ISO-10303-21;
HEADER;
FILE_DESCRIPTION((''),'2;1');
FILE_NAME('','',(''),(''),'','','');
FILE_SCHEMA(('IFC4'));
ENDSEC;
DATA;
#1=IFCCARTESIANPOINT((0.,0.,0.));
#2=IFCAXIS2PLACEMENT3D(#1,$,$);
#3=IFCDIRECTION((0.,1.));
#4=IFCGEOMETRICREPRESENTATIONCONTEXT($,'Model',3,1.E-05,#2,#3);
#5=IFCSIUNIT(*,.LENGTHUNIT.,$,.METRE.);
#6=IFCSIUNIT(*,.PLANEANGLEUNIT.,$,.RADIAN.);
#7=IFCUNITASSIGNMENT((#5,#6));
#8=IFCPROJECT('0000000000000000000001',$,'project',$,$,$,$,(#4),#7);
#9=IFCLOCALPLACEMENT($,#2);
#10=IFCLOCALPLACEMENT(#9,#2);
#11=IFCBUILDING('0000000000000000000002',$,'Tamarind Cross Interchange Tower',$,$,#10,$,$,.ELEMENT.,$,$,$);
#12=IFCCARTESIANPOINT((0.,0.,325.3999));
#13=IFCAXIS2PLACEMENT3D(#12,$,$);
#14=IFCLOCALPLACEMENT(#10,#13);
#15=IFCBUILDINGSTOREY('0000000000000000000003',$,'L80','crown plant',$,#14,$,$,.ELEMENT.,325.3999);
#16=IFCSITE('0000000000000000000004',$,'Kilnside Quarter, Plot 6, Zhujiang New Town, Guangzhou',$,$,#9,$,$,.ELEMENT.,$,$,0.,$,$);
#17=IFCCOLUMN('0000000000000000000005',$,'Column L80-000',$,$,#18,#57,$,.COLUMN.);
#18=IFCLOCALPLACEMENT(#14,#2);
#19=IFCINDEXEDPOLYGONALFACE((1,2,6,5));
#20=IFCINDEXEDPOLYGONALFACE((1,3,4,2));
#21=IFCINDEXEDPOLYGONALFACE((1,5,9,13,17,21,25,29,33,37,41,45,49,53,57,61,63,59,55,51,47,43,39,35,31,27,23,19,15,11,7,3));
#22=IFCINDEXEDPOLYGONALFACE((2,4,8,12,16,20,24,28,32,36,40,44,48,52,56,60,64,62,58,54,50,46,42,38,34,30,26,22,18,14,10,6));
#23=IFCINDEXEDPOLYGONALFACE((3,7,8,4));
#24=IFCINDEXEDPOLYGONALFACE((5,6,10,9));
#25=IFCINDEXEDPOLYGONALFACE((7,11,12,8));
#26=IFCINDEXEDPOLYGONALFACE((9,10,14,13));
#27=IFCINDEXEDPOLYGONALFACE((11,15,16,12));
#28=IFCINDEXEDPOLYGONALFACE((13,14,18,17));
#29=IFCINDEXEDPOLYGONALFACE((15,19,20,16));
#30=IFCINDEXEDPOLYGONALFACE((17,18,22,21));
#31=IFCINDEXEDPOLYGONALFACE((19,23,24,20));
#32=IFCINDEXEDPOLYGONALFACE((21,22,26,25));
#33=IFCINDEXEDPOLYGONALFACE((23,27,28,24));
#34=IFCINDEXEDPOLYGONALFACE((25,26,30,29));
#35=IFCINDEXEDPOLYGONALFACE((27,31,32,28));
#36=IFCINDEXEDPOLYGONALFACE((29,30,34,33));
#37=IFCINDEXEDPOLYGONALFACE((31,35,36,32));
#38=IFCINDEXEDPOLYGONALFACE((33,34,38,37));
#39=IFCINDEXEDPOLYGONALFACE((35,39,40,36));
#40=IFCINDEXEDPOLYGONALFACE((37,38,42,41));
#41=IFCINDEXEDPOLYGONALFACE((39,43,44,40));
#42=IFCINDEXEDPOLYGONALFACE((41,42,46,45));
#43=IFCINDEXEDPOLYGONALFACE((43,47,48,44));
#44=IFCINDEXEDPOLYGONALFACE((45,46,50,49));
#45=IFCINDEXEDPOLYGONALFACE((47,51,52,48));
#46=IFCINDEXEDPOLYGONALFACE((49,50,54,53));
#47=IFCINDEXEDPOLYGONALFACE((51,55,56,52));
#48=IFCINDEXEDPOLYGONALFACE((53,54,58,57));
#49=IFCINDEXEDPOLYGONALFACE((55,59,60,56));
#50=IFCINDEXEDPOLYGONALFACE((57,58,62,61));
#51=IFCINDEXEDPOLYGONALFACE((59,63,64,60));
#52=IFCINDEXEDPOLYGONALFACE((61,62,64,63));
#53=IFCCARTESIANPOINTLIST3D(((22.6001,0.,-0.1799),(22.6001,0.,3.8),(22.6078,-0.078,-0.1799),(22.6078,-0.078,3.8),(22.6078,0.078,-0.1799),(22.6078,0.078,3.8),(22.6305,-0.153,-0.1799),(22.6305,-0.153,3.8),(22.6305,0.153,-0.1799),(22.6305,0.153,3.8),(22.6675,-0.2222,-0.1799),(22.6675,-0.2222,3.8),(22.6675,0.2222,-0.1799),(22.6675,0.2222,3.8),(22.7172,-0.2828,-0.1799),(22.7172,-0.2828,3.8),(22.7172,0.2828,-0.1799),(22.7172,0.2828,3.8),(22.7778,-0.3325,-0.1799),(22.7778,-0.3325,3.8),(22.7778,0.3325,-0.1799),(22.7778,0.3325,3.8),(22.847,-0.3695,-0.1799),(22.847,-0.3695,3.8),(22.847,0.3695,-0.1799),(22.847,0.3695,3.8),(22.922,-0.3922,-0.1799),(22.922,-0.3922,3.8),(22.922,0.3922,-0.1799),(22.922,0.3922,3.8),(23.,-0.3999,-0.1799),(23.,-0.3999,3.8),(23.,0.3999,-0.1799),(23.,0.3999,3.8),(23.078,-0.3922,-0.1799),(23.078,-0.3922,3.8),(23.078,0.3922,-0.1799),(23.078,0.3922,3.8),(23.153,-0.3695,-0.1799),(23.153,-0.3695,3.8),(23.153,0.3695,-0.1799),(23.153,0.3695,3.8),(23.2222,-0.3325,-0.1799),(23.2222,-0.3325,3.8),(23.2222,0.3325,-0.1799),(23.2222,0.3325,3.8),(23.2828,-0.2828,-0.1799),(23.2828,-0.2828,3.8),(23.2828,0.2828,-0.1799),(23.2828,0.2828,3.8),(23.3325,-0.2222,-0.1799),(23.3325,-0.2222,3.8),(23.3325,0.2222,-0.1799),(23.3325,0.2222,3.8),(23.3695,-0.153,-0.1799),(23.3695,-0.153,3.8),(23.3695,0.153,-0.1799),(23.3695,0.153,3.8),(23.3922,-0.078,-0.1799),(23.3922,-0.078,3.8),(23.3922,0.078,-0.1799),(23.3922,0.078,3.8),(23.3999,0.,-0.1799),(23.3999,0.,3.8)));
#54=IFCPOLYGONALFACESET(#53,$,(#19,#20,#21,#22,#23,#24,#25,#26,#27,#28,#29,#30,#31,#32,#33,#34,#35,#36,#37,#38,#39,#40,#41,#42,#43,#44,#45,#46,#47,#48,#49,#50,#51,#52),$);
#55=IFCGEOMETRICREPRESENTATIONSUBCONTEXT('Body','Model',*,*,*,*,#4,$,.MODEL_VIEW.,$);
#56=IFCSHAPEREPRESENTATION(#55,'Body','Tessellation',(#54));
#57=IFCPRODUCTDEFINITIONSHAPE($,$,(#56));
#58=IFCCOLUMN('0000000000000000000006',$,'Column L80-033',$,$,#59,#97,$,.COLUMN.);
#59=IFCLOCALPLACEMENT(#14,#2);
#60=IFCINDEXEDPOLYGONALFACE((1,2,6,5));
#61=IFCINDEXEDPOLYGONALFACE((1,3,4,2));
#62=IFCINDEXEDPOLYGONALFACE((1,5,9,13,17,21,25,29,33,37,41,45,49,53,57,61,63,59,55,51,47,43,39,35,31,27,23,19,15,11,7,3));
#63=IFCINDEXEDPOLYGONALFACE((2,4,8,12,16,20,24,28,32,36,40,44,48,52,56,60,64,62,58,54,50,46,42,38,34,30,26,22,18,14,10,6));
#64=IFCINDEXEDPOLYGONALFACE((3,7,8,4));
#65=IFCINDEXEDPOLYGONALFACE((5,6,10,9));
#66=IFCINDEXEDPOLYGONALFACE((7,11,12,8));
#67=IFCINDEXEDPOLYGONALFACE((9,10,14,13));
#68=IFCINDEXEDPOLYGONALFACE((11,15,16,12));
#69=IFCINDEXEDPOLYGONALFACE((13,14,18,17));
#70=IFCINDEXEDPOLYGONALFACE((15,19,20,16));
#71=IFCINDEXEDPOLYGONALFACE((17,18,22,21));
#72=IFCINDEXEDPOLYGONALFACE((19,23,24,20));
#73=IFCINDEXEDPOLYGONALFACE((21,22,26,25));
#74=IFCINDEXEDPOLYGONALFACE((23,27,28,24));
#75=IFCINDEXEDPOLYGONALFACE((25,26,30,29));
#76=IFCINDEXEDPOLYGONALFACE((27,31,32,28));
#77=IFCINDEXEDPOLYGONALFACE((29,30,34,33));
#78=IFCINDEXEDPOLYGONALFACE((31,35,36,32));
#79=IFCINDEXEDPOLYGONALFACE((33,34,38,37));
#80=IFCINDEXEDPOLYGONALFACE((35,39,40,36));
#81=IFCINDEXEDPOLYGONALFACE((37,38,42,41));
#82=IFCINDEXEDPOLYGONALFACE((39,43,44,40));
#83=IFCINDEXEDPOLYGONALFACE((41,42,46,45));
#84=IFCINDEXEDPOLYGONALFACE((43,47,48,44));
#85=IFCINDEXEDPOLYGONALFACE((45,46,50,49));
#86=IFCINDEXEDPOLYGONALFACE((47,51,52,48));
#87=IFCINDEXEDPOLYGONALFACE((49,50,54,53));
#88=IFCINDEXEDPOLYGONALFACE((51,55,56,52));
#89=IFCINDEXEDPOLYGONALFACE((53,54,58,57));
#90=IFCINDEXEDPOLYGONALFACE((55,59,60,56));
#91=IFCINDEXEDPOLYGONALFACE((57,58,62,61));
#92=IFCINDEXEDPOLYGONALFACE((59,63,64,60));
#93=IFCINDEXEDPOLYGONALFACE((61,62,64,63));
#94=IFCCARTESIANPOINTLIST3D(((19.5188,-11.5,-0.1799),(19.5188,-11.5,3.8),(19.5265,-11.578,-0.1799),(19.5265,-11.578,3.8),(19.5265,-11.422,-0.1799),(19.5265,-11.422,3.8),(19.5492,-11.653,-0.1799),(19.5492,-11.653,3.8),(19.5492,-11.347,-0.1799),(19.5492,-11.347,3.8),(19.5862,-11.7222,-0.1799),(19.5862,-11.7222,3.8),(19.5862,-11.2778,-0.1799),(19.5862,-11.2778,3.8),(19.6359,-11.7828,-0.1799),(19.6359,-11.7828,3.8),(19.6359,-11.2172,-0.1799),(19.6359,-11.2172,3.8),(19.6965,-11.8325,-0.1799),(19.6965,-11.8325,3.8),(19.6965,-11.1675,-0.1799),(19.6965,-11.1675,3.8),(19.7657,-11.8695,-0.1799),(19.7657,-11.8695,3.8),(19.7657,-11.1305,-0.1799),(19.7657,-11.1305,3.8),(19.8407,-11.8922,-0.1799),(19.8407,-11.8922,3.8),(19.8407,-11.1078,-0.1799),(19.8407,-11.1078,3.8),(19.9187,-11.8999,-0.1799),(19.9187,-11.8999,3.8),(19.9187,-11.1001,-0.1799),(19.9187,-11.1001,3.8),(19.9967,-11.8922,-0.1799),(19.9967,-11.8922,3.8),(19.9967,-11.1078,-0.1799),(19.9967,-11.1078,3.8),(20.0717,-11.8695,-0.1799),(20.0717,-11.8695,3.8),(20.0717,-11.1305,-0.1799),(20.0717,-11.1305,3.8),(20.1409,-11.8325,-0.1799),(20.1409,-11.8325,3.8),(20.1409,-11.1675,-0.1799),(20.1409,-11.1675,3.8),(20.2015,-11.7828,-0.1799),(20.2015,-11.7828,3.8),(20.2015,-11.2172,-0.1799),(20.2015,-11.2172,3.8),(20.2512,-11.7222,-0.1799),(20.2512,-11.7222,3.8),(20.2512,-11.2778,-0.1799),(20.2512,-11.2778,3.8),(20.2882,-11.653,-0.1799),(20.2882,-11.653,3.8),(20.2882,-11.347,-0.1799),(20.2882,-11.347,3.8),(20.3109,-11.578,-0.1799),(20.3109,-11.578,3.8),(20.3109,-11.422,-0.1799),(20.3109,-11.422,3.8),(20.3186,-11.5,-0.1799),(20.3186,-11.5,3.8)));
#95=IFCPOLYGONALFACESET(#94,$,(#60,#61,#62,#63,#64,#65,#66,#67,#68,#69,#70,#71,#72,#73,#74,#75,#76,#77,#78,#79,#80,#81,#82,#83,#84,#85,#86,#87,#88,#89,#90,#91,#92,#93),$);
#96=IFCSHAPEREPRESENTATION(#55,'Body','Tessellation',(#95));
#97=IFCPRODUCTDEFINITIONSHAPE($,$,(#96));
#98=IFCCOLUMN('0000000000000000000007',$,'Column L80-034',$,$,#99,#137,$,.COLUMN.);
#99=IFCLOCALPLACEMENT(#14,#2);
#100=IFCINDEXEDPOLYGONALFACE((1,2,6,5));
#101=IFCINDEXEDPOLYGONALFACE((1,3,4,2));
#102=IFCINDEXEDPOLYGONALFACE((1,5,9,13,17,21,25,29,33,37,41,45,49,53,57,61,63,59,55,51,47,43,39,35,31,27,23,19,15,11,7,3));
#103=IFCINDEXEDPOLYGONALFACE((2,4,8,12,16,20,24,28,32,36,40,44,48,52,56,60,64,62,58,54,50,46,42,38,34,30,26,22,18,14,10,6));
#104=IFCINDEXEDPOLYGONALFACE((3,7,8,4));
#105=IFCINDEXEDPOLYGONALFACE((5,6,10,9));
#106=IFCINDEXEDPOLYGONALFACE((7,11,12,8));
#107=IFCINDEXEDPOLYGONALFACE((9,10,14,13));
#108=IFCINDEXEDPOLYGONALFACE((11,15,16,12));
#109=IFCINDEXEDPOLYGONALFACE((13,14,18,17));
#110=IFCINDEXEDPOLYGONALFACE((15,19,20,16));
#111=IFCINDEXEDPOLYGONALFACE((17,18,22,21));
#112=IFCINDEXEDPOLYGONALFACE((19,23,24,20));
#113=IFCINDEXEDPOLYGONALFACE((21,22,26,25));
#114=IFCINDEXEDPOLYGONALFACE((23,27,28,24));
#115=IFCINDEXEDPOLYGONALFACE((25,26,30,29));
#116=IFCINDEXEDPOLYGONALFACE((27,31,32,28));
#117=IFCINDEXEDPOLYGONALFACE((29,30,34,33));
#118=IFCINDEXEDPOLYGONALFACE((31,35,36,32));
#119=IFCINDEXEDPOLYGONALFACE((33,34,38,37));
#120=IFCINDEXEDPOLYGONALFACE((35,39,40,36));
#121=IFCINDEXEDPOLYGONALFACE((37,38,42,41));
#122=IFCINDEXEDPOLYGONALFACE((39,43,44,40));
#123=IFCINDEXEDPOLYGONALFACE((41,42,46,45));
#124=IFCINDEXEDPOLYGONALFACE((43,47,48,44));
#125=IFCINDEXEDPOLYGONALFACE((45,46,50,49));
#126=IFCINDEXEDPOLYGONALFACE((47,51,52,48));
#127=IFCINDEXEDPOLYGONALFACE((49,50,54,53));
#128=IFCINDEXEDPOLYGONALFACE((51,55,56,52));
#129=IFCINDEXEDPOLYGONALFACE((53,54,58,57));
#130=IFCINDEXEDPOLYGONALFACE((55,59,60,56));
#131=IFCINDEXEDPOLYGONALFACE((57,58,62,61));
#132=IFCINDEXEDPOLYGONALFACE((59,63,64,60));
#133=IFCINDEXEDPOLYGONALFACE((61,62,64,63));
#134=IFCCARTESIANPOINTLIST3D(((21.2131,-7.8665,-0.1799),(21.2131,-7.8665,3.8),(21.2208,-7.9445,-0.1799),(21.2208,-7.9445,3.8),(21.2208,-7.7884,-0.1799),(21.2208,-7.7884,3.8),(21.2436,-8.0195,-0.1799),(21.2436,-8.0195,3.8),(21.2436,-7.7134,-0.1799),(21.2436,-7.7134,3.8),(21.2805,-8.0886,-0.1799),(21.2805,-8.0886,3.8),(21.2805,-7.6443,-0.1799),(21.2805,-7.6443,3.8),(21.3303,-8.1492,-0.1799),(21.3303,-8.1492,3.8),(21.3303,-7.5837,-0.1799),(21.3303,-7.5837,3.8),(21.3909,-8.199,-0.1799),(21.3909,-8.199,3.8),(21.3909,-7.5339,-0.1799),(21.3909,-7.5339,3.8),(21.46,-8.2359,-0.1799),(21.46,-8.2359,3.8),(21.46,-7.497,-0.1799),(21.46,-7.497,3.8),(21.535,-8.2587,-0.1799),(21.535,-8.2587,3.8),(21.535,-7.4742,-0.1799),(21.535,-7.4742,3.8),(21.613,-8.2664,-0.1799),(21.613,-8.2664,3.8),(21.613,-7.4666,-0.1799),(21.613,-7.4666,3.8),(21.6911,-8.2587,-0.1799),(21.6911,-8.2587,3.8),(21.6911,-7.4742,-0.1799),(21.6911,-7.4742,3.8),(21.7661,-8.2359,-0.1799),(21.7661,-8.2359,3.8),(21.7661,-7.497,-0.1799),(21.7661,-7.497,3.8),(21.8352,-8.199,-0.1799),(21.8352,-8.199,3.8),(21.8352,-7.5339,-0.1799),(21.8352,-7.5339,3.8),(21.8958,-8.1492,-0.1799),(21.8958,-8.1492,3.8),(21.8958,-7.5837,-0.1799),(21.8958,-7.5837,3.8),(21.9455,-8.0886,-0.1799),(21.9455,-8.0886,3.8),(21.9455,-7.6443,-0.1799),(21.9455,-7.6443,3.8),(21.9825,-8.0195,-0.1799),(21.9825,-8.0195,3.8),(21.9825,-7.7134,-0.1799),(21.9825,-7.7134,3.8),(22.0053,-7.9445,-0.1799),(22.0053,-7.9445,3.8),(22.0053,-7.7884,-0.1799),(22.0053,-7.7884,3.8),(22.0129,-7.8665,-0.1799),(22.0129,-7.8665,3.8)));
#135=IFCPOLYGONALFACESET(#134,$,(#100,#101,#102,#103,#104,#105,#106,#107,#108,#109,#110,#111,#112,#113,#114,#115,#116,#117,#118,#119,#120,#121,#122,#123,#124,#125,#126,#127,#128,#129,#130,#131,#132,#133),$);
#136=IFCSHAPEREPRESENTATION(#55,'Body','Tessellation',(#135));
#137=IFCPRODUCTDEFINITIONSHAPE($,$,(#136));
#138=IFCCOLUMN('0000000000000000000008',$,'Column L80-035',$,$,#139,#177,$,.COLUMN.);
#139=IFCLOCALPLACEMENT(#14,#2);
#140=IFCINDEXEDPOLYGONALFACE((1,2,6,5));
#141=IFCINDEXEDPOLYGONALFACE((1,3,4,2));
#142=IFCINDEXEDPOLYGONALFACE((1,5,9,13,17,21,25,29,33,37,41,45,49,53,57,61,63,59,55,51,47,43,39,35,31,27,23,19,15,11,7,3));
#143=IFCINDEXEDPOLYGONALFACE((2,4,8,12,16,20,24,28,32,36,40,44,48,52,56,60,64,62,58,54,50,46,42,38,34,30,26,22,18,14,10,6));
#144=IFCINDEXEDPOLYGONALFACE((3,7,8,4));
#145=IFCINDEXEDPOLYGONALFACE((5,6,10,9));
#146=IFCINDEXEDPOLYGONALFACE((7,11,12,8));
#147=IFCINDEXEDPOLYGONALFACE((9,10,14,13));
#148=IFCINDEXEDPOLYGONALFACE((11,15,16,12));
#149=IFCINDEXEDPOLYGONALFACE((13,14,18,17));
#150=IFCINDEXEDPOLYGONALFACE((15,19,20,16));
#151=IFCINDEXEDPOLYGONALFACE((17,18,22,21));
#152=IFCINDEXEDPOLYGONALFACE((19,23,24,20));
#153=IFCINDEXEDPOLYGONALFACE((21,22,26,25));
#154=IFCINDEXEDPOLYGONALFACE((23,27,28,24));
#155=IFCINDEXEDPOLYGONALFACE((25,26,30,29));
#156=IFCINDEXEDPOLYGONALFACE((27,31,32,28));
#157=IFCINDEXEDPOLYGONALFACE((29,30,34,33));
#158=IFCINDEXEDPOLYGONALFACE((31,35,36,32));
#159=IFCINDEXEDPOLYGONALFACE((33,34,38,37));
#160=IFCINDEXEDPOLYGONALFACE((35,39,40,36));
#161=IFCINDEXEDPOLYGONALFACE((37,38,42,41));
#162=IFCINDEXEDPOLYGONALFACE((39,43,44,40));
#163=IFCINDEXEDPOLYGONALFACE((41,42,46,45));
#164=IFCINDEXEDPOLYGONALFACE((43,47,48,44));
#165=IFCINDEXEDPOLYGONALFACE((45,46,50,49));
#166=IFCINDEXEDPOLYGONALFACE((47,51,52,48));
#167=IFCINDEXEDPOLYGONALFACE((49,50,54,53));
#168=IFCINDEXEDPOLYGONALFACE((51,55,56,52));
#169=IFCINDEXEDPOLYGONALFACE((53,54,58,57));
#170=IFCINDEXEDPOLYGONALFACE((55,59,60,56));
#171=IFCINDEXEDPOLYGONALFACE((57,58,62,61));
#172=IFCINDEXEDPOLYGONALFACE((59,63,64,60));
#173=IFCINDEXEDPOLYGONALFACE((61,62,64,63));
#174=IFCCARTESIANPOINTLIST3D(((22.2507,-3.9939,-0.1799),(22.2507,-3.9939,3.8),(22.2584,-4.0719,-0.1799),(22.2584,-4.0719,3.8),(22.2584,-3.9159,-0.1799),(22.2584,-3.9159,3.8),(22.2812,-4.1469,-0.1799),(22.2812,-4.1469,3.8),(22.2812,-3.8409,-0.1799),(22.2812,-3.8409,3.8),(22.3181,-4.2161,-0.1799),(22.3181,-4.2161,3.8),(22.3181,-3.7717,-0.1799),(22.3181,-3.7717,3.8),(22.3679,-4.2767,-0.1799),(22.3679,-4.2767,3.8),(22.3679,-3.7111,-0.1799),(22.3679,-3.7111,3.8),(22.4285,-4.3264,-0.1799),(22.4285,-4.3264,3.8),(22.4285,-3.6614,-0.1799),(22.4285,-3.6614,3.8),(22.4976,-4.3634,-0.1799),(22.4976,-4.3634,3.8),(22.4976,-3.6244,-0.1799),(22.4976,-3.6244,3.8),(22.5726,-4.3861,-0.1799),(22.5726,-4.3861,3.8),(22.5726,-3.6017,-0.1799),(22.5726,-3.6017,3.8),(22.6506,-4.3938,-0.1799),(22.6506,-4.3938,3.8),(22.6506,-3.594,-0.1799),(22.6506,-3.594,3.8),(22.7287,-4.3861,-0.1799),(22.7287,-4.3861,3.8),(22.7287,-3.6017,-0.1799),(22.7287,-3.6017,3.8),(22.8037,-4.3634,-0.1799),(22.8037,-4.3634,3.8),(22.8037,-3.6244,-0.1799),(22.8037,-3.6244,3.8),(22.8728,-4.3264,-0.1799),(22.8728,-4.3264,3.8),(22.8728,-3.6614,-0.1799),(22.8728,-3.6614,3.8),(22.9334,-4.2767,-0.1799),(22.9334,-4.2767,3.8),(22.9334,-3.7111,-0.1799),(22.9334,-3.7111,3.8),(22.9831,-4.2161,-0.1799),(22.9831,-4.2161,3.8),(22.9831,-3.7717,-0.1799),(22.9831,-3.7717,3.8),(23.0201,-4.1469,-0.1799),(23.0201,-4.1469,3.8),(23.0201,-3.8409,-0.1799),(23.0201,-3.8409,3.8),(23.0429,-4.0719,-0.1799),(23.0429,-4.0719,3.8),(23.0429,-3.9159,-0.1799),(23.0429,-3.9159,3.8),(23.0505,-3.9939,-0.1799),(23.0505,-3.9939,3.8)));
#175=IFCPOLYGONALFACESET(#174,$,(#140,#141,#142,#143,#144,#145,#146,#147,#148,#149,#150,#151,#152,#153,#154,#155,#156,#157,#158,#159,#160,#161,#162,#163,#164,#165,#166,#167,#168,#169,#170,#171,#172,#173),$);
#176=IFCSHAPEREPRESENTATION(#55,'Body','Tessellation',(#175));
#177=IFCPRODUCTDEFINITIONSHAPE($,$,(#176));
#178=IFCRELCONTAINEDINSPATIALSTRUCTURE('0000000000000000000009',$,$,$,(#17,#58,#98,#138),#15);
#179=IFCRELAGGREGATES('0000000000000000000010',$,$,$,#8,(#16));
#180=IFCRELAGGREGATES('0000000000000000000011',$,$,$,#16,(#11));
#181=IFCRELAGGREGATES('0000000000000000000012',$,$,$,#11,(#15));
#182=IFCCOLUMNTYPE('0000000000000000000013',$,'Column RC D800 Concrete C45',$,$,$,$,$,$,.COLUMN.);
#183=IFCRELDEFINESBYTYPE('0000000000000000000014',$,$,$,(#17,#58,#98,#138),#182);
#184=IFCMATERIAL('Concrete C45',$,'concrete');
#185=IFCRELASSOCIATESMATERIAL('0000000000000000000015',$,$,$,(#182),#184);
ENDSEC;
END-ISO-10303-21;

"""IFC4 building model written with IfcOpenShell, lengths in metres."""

from ifc_helpers import new_model, si_unit, direction, frame, origin, origin_2d, place, context, subcontext, project, spatial, circle, extrude, material, material_profile, profile_set, type_object, element, save


model = new_model("IFC4")

# Units and contexts
model_context = context("Model", 3, precision=1e-05, world=origin(), true_north=direction((0.0, 1.0)))
body_context = subcontext(model_context, "Body", "Model", "MODEL_VIEW")
ifc_project = project(units=[si_unit("LENGTHUNIT", "METRE"), si_unit("PLANEANGLEUNIT", "RADIAN")], contexts=[model_context])

# Site, building, storey
site_placement = place(None, origin())
site = spatial("IfcSite", under=ifc_project, at=site_placement, Name="Kilnside Quarter, Plot 6, Zhujiang New Town, Guangzhou", CompositionType="ELEMENT", RefElevation=0.0)
building_placement = place(site_placement, origin())
building = spatial("IfcBuilding", under=site, at=building_placement, Name="Tamarind Cross Interchange Tower", CompositionType="ELEMENT")
storey_placement = place(building_placement, frame((0.0, 0.0, 325.3999)))
storey = spatial("IfcBuildingStorey", under=building, at=storey_placement, Name="L80", Description="crown plant", CompositionType="ELEMENT", Elevation=325.3999)

# Columns
ifc_material_1 = material(Name="Concrete C45", Category="concrete")
ifc_material_profile_1 = material_profile(ifc_material_1, circle(Radius=0.3999, at=origin_2d()), Name="RC D800")
ifc_profile_set_1 = profile_set([ifc_material_profile_1], Name="Concrete C45")
column_type = type_object("IfcColumnType", Name="Column RC D800 Concrete C45", PredefinedType="COLUMN", material=ifc_profile_set_1)
for number, where, z_axis, x_axis, name in (
    (1, (23.0, 0.0, -0.1799), (0.0, 0.0, 1.0), (1.0, 0.0, 0.0), "Column L80-000"),
    (2, (19.9187, -11.5, -0.1799), (0.0, 0.0, 1.0), (1.0, 0.0, 0.0), "Column L80-033"),
    (3, (21.613, -7.8665, -0.1799), (0.0, 0.0, 1.0), (1.0, 0.0, 0.0), "Column L80-034"),
    (4, (22.6506, -3.9939, -0.1799), (0.0, 0.0, 1.0), (1.0, 0.0, 0.0), "Column L80-035"),
):
    element("IfcColumn", number, at=place(storey_placement, frame(where, z_axis=z_axis, x_axis=x_axis)), inside=storey, type_object=column_type, Name=name, PredefinedType="COLUMN", context=body_context, shape_type="SweptSolid", body=[
        extrude(circle(Radius=0.3999, at=origin_2d()), origin(), (0.0, 0.0, 1.0), 3.98),
    ])

save(model, "model.ifc")
